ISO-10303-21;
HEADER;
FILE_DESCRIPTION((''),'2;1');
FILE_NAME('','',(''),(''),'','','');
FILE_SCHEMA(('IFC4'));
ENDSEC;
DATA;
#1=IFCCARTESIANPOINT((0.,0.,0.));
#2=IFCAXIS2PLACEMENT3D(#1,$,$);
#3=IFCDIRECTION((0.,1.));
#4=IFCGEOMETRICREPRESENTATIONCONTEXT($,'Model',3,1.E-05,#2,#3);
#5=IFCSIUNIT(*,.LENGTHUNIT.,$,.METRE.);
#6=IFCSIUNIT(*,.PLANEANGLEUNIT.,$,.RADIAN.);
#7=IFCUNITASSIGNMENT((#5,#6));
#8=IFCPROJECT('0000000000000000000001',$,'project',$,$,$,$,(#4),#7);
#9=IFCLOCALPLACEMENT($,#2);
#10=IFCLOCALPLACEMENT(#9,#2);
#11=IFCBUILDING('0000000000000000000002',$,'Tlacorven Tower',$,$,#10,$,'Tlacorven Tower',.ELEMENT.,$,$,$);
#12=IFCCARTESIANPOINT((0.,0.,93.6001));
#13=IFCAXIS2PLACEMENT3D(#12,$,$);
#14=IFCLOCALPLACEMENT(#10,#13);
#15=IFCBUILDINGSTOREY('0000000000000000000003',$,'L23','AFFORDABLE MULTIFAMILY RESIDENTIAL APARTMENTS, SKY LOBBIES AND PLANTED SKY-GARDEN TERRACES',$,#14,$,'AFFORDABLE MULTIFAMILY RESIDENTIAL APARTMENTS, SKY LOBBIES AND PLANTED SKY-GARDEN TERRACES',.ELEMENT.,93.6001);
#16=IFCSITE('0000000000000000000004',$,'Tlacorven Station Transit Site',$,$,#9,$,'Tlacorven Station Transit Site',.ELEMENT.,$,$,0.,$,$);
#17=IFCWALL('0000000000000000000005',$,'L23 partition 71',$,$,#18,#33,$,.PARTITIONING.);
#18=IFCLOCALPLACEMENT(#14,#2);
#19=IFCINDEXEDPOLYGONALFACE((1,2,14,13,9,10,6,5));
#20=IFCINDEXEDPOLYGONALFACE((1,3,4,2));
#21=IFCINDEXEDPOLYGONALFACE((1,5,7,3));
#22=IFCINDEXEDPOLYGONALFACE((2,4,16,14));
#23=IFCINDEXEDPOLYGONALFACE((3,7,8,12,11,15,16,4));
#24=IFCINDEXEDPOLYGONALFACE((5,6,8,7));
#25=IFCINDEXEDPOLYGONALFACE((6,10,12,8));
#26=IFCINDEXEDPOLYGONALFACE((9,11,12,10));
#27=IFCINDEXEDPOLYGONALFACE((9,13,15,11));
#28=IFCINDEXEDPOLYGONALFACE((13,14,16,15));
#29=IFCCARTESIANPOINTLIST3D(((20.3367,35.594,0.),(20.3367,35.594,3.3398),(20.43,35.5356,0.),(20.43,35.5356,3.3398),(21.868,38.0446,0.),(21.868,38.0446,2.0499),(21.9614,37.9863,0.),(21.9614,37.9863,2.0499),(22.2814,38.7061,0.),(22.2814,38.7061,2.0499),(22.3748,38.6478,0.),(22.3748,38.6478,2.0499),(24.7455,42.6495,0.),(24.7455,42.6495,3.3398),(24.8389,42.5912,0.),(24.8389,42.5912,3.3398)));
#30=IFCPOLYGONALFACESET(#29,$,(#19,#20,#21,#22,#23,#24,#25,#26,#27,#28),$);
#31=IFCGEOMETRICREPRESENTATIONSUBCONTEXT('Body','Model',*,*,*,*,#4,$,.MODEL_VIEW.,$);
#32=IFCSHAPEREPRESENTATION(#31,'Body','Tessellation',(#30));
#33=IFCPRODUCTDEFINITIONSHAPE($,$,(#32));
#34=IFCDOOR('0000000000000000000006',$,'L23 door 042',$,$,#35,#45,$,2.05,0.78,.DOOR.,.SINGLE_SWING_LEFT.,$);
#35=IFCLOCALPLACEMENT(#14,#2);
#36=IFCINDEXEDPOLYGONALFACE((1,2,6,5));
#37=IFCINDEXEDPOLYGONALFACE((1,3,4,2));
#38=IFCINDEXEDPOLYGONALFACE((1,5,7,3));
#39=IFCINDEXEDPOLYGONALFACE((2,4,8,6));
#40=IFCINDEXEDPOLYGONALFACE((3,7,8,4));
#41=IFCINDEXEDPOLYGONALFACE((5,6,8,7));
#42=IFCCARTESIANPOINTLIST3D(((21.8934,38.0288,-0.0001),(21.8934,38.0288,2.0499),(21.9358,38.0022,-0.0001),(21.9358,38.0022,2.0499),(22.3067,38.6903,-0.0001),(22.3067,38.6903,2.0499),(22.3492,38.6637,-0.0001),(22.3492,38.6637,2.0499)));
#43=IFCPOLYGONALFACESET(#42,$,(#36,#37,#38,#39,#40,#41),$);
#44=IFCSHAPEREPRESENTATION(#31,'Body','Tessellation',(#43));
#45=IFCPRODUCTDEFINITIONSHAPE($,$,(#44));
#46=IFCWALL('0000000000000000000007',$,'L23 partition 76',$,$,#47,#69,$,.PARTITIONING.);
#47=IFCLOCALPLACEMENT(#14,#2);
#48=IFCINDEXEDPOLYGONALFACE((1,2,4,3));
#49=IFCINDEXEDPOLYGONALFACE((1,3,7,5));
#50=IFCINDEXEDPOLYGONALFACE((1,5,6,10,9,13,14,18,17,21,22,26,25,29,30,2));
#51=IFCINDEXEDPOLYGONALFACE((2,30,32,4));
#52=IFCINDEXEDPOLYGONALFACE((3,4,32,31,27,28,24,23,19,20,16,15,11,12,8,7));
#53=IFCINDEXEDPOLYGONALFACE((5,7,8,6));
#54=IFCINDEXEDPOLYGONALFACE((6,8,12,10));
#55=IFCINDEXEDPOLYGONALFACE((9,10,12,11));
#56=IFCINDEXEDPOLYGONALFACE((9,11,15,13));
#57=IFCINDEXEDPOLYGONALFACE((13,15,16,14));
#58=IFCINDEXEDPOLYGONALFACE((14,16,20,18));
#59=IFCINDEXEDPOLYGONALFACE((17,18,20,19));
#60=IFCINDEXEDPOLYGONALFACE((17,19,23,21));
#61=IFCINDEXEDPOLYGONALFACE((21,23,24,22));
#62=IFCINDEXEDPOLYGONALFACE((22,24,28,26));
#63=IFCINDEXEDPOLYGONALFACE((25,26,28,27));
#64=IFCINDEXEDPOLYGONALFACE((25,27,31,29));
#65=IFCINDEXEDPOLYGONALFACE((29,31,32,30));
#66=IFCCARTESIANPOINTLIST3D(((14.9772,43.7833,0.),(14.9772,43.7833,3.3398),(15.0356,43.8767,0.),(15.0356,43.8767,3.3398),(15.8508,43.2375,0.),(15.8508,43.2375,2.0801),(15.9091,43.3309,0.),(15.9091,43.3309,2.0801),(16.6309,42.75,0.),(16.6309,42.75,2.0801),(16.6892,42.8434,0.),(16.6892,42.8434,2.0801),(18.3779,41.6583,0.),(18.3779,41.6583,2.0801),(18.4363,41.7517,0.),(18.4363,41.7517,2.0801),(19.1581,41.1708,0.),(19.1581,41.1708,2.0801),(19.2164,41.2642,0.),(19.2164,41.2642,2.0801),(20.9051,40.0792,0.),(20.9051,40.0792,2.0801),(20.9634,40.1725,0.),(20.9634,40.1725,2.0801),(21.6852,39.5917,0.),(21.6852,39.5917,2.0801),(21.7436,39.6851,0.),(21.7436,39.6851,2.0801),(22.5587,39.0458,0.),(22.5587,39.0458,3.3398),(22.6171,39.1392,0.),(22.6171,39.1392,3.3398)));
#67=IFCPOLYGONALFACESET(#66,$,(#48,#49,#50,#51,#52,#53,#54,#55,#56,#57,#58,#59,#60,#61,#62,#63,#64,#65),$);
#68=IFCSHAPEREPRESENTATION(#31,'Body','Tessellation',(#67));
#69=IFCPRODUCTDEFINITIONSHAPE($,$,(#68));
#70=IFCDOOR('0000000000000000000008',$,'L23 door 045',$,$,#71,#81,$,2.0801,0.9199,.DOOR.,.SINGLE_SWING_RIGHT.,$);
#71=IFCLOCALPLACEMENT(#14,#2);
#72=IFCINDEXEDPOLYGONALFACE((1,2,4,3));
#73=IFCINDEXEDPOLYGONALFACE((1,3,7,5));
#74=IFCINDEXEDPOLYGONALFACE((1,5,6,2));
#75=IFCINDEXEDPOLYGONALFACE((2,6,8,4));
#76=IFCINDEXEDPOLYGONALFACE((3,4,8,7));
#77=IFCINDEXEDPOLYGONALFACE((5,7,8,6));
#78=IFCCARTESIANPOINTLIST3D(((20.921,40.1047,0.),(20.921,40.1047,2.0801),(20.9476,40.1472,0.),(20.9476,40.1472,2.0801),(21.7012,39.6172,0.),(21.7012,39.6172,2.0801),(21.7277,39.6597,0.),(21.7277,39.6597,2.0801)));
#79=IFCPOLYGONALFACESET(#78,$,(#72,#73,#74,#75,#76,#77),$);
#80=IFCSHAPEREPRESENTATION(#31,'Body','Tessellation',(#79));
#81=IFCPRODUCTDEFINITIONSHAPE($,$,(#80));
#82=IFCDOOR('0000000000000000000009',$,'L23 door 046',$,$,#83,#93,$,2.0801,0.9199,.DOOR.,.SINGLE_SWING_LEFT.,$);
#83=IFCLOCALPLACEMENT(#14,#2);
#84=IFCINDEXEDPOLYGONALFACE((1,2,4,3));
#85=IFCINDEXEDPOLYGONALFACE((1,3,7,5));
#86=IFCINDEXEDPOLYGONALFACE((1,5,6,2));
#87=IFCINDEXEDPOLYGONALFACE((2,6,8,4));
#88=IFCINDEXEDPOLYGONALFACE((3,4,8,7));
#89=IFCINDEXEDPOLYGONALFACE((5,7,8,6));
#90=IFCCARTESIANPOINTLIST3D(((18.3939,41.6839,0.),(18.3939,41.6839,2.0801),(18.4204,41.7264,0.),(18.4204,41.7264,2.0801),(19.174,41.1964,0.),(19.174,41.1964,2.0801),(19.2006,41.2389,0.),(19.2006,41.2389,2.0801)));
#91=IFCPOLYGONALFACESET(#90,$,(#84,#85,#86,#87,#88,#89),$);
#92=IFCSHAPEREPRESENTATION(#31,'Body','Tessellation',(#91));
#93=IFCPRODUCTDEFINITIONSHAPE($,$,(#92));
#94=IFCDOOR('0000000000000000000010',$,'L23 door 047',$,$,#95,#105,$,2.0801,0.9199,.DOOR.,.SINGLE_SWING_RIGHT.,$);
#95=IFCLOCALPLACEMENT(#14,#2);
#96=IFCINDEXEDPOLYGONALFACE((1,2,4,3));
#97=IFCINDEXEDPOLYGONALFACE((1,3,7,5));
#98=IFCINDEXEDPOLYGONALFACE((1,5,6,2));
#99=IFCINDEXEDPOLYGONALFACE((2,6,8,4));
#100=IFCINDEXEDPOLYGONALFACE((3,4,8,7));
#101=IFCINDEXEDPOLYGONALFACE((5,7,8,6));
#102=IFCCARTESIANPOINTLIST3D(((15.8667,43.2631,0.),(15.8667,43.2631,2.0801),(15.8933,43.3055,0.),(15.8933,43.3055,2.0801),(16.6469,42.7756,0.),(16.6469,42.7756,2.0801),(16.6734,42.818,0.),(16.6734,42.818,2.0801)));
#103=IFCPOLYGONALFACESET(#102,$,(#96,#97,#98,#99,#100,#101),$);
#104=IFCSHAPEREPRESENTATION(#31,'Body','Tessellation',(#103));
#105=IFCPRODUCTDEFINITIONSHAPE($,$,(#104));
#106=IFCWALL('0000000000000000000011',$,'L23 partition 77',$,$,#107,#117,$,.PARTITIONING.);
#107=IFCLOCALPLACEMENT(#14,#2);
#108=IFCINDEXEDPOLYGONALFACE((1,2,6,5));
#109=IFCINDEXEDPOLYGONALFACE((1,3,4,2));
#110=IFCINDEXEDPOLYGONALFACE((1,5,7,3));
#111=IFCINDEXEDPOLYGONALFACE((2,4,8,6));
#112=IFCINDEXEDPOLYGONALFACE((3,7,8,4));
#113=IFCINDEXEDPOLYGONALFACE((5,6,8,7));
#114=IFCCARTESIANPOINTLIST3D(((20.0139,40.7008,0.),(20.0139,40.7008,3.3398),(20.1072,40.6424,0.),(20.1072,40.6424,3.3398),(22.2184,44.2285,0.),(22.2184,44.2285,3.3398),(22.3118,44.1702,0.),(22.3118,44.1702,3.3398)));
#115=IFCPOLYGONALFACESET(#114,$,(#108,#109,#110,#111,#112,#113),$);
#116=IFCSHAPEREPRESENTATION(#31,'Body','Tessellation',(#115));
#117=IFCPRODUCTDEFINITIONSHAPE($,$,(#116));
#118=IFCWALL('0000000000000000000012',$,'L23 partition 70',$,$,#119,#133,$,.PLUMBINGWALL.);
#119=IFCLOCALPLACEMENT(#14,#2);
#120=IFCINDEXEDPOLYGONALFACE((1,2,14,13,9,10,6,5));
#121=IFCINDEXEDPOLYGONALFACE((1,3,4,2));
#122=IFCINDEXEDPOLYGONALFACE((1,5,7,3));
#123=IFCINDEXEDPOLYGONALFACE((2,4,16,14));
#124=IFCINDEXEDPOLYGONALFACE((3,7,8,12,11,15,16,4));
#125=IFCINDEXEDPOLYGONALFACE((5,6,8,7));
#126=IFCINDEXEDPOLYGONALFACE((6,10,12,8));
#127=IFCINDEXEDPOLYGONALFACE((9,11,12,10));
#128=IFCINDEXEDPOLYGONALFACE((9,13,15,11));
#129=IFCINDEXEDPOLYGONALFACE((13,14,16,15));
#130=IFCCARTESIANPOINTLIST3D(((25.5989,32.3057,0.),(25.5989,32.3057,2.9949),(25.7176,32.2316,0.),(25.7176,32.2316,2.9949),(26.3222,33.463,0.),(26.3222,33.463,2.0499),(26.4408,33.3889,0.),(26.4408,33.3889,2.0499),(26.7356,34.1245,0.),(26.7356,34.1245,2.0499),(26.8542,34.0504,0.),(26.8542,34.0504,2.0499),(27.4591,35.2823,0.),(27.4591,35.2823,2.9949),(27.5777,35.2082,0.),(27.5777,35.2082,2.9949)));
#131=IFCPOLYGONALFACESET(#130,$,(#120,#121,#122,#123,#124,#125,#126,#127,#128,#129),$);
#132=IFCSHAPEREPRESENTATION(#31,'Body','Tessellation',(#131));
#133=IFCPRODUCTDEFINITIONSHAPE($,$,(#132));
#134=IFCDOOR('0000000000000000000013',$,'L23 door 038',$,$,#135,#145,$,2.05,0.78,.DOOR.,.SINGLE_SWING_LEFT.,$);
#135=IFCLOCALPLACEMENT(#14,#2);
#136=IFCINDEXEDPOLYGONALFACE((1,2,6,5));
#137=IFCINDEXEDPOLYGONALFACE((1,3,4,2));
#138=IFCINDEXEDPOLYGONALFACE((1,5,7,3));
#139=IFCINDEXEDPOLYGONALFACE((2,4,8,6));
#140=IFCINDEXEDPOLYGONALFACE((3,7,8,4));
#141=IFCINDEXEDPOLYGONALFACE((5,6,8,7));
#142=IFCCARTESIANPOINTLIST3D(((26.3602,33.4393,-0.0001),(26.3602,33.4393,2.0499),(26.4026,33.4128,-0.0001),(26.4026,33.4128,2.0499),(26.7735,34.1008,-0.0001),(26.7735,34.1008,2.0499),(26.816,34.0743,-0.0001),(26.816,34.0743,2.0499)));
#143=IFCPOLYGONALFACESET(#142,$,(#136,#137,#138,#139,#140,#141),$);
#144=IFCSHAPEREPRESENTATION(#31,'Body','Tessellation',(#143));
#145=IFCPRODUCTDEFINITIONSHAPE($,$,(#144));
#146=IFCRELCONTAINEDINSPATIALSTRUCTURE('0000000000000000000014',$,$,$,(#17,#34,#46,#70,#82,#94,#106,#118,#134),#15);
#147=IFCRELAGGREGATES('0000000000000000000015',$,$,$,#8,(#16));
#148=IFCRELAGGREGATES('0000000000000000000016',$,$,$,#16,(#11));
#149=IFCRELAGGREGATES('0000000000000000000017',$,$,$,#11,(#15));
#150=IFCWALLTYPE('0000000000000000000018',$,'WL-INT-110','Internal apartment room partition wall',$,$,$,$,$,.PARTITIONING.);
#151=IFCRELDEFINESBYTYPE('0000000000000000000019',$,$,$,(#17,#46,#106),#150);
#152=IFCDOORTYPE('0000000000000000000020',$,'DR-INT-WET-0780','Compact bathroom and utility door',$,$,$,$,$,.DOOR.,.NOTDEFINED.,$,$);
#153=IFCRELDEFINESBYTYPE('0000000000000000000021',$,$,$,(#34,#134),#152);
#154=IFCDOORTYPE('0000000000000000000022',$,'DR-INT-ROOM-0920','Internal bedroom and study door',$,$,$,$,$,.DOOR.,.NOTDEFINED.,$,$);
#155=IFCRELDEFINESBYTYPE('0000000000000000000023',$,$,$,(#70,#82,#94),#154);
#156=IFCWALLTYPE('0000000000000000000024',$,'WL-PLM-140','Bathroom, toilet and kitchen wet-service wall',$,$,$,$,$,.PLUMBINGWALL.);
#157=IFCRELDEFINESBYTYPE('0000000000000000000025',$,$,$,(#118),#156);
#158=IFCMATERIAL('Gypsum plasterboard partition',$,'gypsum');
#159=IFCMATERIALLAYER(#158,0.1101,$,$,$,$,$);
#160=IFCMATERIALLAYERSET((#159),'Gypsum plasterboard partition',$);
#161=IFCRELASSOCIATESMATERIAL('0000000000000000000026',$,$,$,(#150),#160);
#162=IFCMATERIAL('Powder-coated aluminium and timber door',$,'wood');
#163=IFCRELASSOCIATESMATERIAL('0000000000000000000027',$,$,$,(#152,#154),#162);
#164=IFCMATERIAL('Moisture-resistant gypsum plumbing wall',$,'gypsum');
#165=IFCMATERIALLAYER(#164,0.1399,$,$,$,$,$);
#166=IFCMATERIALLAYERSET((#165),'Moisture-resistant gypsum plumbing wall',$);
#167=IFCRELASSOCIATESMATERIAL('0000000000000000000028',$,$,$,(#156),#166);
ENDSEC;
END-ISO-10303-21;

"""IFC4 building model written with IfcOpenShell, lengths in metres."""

from ifc_helpers import new_model, si_unit, direction, frame, frame_2d, origin, place, context, subcontext, project, spatial, rectangle, extrude, source, transform, mapped, material, layer, layer_set, type_object, element, fill, save


model = new_model("IFC4")

# Units and contexts
model_context = context("Model", 3, precision=1e-05, world=origin(), true_north=direction((0.0, 1.0)))
body_context = subcontext(model_context, "Body", "Model", "MODEL_VIEW")
ifc_project = project(units=[si_unit("LENGTHUNIT", "METRE"), si_unit("PLANEANGLEUNIT", "RADIAN")], contexts=[model_context])

# Site, building, storey
site_placement = place(None, origin())
site = spatial("IfcSite", under=ifc_project, at=site_placement, Name="Tlacorven Station Transit Site", LongName="Tlacorven Station Transit Site", CompositionType="ELEMENT", RefElevation=0.0)
building_placement = place(site_placement, origin())
building = spatial("IfcBuilding", under=site, at=building_placement, Name="Tlacorven Tower", LongName="Tlacorven Tower", CompositionType="ELEMENT")
storey_placement = place(building_placement, frame((0.0, 0.0, 93.6001)))
storey = spatial("IfcBuildingStorey", under=building, at=storey_placement, Name="L23", Description="AFFORDABLE MULTIFAMILY RESIDENTIAL APARTMENTS, SKY LOBBIES AND PLANTED SKY-GARDEN TERRACES", LongName="AFFORDABLE MULTIFAMILY RESIDENTIAL APARTMENTS, SKY LOBBIES AND PLANTED SKY-GARDEN TERRACES", CompositionType="ELEMENT", Elevation=93.6001)

# Wall, opening, door
ifc_material_1 = material(Name="Gypsum plasterboard partition", Category="gypsum")
ifc_layer_1 = layer(ifc_material_1, 0.1101)
ifc_layer_set_1 = layer_set([ifc_layer_1], Name="Gypsum plasterboard partition")
wall_type_1 = type_object("IfcWallType", Name="WL-INT-110", Description="Internal apartment room partition wall", PredefinedType="PARTITIONING", material=ifc_layer_set_1)
wall_1_placement = place(storey_placement, frame((24.7922, 42.6204, 0.0), z_axis=(0.0, 0.0, 1.0), x_axis=(-0.529925, -0.848044, 0.0)))
wall_1 = element("IfcWall", 1, at=wall_1_placement, inside=storey, type_object=wall_type_1, Name="L23 partition 71", PredefinedType="PARTITIONING", context=body_context, shape_type="SweptSolid", body=[
    extrude(rectangle(XDim=8.3198, YDim=0.1101, at=frame_2d((4.1599, 0.0))), origin(), (0.0, 0.0, 1.0), 3.3398),
])
opening_1_placement = place(wall_1_placement, frame((4.6499, 0.0, 0.0)))
opening_1 = element("IfcOpeningElement", 2, at=opening_1_placement, cuts=wall_1, PredefinedType="OPENING", context=body_context, shape_type="SweptSolid", body=[
    extrude(rectangle(XDim=0.78, YDim=2.05, at=frame_2d((0.3901, 1.0249))), frame((0.0, 0.0649, 0.0), z_axis=(0.0, -1.0, 0.0), x_axis=(1.0, 0.0, 0.0)), (0.0, 0.0, 1.0), 0.1301),
])
ifc_material_2 = material(Name="Powder-coated aluminium and timber door", Category="wood")
door_type_1 = type_object("IfcDoorType", Name="DR-INT-WET-0780", Description="Compact bathroom and utility door", OperationType="NOTDEFINED", PredefinedType="DOOR", material=ifc_material_2)
shared_shape_1 = source(origin(), body_context, "Body", "SweptSolid", [
    extrude(rectangle(XDim=0.78, YDim=2.05, at=frame_2d((0.3901, 1.0249))), frame((0.0, 0.0249, 0.0), z_axis=(0.0, -1.0, 0.0), x_axis=(1.0, 0.0, 0.0)), (0.0, 0.0, 1.0), 0.05),
])
door_1_placement = place(opening_1_placement, origin())
door_1 = element("IfcDoor", 3, at=door_1_placement, inside=storey, type_object=door_type_1, Name="L23 door 042", OperationType="SINGLE_SWING_LEFT", OverallHeight=2.05, OverallWidth=0.78, PredefinedType="DOOR", context=body_context, shape_type="MappedRepresentation", body=[
    mapped(shared_shape_1, transform((0.0, 0.0, 0.0), scale=1.0)),
])
fill(opening_1, door_1)

# Wall, openings, doors
wall_2_placement = place(storey_placement, frame((22.5879, 39.0925, 0.0), z_axis=(0.0, 0.0, 1.0), x_axis=(-0.848044, 0.529925, 0.0)))
wall_2 = element("IfcWall", 4, at=wall_2_placement, inside=storey, type_object=wall_type_1, Name="L23 partition 76", PredefinedType="PARTITIONING", context=body_context, shape_type="SweptSolid", body=[
    extrude(rectangle(XDim=8.9399, YDim=0.1101, at=frame_2d((4.47, 0.0))), origin(), (0.0, 0.0, 1.0), 3.3398),
])
opening_2_placement = place(wall_2_placement, frame((1.03, 0.0, 0.0)))
opening_2 = element("IfcOpeningElement", 5, at=opening_2_placement, cuts=wall_2, PredefinedType="OPENING", context=body_context, shape_type="SweptSolid", body=[
    extrude(rectangle(XDim=0.9199, YDim=2.0801, at=frame_2d((0.46, 1.04))), frame((0.0, 0.0649, 0.0), z_axis=(0.0, -1.0, 0.0), x_axis=(1.0, 0.0, 0.0)), (0.0, 0.0, 1.0), 0.1301),
])
opening_3_placement = place(wall_2_placement, frame((4.01, 0.0, 0.0)))
opening_3 = element("IfcOpeningElement", 6, at=opening_3_placement, cuts=wall_2, PredefinedType="OPENING", context=body_context, shape_type="SweptSolid", body=[
    extrude(rectangle(XDim=0.9199, YDim=2.0801, at=frame_2d((0.46, 1.04))), frame((0.0, 0.0649, 0.0), z_axis=(0.0, -1.0, 0.0), x_axis=(1.0, 0.0, 0.0)), (0.0, 0.0, 1.0), 0.1301),
])
opening_4_placement = place(wall_2_placement, frame((6.99, 0.0, 0.0)))
opening_4 = element("IfcOpeningElement", 7, at=opening_4_placement, cuts=wall_2, PredefinedType="OPENING", context=body_context, shape_type="SweptSolid", body=[
    extrude(rectangle(XDim=0.9199, YDim=2.0801, at=frame_2d((0.46, 1.04))), frame((0.0, 0.0649, 0.0), z_axis=(0.0, -1.0, 0.0), x_axis=(1.0, 0.0, 0.0)), (0.0, 0.0, 1.0), 0.1301),
])
door_type_2 = type_object("IfcDoorType", Name="DR-INT-ROOM-0920", Description="Internal bedroom and study door", OperationType="NOTDEFINED", PredefinedType="DOOR", material=ifc_material_2)
shared_shape_2 = source(origin(), body_context, "Body", "SweptSolid", [
    extrude(rectangle(XDim=0.9199, YDim=2.0801, at=frame_2d((0.46, 1.04))), frame((0.0, 0.0249, 0.0), z_axis=(0.0, -1.0, 0.0), x_axis=(1.0, 0.0, 0.0)), (0.0, 0.0, 1.0), 0.05),
])
door_2_placement = place(opening_2_placement, origin())
door_2 = element("IfcDoor", 8, at=door_2_placement, inside=storey, type_object=door_type_2, Name="L23 door 045", OperationType="SINGLE_SWING_RIGHT", OverallHeight=2.0801, OverallWidth=0.9199, PredefinedType="DOOR", context=body_context, shape_type="MappedRepresentation", body=[
    mapped(shared_shape_2, transform((0.0, 0.0, 0.0), scale=1.0)),
])
fill(opening_2, door_2)
door_3_placement = place(opening_3_placement, origin())
door_3 = element("IfcDoor", 9, at=door_3_placement, inside=storey, type_object=door_type_2, Name="L23 door 046", OperationType="SINGLE_SWING_LEFT", OverallHeight=2.0801, OverallWidth=0.9199, PredefinedType="DOOR", context=body_context, shape_type="MappedRepresentation", body=[
    mapped(shared_shape_2, transform((0.0, 0.0, 0.0), scale=1.0)),
])
fill(opening_3, door_3)
door_4_placement = place(opening_4_placement, origin())
door_4 = element("IfcDoor", 10, at=door_4_placement, inside=storey, type_object=door_type_2, Name="L23 door 047", OperationType="SINGLE_SWING_RIGHT", OverallHeight=2.0801, OverallWidth=0.9199, PredefinedType="DOOR", context=body_context, shape_type="MappedRepresentation", body=[
    mapped(shared_shape_2, transform((0.0, 0.0, 0.0), scale=1.0)),
])
fill(opening_4, door_4)

# Wall
wall_3_placement = place(storey_placement, frame((22.2651, 44.1995, 0.0), z_axis=(0.0, 0.0, 1.0), x_axis=(-0.529946, -0.848031, 0.0)))
element("IfcWall", 11, at=wall_3_placement, inside=storey, type_object=wall_type_1, Name="L23 partition 77", PredefinedType="PARTITIONING", context=body_context, shape_type="SweptSolid", body=[
    extrude(rectangle(XDim=4.1599, YDim=0.1101, at=frame_2d((2.0801, 0.0))), origin(), (0.0, 0.0, 1.0), 3.3398),
])

# Wall, opening, door
ifc_material_3 = material(Name="Moisture-resistant gypsum plumbing wall", Category="gypsum")
ifc_layer_2 = layer(ifc_material_3, 0.1399)
ifc_layer_set_2 = layer_set([ifc_layer_2], Name="Moisture-resistant gypsum plumbing wall")
wall_type_2 = type_object("IfcWallType", Name="WL-PLM-140", Description="Bathroom, toilet and kitchen wet-service wall", PredefinedType="PLUMBINGWALL", material=ifc_layer_set_2)
wall_4_placement = place(storey_placement, frame((27.5183, 35.2451, 0.0), z_axis=(0.0, 0.0, 1.0), x_axis=(-0.529949, -0.84803, 0.0)))
wall_4 = element("IfcWall", 12, at=wall_4_placement, inside=storey, type_object=wall_type_2, Name="L23 partition 70", PredefinedType="PLUMBINGWALL", context=body_context, shape_type="SweptSolid", body=[
    extrude(rectangle(XDim=3.51, YDim=0.1399, at=frame_2d((1.7549, 0.0))), origin(), (0.0, 0.0, 1.0), 2.9949),
])
opening_5_placement = place(wall_4_placement, frame((1.365, 0.0, 0.0)))
opening_5 = element("IfcOpeningElement", 13, at=opening_5_placement, cuts=wall_4, PredefinedType="OPENING", context=body_context, shape_type="SweptSolid", body=[
    extrude(rectangle(XDim=0.78, YDim=2.05, at=frame_2d((0.3901, 1.0249))), frame((0.0, 0.0801, 0.0), z_axis=(0.0, -1.0, 0.0), x_axis=(1.0, 0.0, 0.0)), (0.0, 0.0, 1.0), 0.1599),
])
door_5_placement = place(opening_5_placement, origin())
door_5 = element("IfcDoor", 14, at=door_5_placement, inside=storey, type_object=door_type_1, Name="L23 door 038", OperationType="SINGLE_SWING_LEFT", OverallHeight=2.05, OverallWidth=0.78, PredefinedType="DOOR", context=body_context, shape_type="MappedRepresentation", body=[
    mapped(shared_shape_1, transform((0.0, 0.0, 0.0), scale=1.0)),
])
fill(opening_5, door_5)

save(model, "model.ifc")
